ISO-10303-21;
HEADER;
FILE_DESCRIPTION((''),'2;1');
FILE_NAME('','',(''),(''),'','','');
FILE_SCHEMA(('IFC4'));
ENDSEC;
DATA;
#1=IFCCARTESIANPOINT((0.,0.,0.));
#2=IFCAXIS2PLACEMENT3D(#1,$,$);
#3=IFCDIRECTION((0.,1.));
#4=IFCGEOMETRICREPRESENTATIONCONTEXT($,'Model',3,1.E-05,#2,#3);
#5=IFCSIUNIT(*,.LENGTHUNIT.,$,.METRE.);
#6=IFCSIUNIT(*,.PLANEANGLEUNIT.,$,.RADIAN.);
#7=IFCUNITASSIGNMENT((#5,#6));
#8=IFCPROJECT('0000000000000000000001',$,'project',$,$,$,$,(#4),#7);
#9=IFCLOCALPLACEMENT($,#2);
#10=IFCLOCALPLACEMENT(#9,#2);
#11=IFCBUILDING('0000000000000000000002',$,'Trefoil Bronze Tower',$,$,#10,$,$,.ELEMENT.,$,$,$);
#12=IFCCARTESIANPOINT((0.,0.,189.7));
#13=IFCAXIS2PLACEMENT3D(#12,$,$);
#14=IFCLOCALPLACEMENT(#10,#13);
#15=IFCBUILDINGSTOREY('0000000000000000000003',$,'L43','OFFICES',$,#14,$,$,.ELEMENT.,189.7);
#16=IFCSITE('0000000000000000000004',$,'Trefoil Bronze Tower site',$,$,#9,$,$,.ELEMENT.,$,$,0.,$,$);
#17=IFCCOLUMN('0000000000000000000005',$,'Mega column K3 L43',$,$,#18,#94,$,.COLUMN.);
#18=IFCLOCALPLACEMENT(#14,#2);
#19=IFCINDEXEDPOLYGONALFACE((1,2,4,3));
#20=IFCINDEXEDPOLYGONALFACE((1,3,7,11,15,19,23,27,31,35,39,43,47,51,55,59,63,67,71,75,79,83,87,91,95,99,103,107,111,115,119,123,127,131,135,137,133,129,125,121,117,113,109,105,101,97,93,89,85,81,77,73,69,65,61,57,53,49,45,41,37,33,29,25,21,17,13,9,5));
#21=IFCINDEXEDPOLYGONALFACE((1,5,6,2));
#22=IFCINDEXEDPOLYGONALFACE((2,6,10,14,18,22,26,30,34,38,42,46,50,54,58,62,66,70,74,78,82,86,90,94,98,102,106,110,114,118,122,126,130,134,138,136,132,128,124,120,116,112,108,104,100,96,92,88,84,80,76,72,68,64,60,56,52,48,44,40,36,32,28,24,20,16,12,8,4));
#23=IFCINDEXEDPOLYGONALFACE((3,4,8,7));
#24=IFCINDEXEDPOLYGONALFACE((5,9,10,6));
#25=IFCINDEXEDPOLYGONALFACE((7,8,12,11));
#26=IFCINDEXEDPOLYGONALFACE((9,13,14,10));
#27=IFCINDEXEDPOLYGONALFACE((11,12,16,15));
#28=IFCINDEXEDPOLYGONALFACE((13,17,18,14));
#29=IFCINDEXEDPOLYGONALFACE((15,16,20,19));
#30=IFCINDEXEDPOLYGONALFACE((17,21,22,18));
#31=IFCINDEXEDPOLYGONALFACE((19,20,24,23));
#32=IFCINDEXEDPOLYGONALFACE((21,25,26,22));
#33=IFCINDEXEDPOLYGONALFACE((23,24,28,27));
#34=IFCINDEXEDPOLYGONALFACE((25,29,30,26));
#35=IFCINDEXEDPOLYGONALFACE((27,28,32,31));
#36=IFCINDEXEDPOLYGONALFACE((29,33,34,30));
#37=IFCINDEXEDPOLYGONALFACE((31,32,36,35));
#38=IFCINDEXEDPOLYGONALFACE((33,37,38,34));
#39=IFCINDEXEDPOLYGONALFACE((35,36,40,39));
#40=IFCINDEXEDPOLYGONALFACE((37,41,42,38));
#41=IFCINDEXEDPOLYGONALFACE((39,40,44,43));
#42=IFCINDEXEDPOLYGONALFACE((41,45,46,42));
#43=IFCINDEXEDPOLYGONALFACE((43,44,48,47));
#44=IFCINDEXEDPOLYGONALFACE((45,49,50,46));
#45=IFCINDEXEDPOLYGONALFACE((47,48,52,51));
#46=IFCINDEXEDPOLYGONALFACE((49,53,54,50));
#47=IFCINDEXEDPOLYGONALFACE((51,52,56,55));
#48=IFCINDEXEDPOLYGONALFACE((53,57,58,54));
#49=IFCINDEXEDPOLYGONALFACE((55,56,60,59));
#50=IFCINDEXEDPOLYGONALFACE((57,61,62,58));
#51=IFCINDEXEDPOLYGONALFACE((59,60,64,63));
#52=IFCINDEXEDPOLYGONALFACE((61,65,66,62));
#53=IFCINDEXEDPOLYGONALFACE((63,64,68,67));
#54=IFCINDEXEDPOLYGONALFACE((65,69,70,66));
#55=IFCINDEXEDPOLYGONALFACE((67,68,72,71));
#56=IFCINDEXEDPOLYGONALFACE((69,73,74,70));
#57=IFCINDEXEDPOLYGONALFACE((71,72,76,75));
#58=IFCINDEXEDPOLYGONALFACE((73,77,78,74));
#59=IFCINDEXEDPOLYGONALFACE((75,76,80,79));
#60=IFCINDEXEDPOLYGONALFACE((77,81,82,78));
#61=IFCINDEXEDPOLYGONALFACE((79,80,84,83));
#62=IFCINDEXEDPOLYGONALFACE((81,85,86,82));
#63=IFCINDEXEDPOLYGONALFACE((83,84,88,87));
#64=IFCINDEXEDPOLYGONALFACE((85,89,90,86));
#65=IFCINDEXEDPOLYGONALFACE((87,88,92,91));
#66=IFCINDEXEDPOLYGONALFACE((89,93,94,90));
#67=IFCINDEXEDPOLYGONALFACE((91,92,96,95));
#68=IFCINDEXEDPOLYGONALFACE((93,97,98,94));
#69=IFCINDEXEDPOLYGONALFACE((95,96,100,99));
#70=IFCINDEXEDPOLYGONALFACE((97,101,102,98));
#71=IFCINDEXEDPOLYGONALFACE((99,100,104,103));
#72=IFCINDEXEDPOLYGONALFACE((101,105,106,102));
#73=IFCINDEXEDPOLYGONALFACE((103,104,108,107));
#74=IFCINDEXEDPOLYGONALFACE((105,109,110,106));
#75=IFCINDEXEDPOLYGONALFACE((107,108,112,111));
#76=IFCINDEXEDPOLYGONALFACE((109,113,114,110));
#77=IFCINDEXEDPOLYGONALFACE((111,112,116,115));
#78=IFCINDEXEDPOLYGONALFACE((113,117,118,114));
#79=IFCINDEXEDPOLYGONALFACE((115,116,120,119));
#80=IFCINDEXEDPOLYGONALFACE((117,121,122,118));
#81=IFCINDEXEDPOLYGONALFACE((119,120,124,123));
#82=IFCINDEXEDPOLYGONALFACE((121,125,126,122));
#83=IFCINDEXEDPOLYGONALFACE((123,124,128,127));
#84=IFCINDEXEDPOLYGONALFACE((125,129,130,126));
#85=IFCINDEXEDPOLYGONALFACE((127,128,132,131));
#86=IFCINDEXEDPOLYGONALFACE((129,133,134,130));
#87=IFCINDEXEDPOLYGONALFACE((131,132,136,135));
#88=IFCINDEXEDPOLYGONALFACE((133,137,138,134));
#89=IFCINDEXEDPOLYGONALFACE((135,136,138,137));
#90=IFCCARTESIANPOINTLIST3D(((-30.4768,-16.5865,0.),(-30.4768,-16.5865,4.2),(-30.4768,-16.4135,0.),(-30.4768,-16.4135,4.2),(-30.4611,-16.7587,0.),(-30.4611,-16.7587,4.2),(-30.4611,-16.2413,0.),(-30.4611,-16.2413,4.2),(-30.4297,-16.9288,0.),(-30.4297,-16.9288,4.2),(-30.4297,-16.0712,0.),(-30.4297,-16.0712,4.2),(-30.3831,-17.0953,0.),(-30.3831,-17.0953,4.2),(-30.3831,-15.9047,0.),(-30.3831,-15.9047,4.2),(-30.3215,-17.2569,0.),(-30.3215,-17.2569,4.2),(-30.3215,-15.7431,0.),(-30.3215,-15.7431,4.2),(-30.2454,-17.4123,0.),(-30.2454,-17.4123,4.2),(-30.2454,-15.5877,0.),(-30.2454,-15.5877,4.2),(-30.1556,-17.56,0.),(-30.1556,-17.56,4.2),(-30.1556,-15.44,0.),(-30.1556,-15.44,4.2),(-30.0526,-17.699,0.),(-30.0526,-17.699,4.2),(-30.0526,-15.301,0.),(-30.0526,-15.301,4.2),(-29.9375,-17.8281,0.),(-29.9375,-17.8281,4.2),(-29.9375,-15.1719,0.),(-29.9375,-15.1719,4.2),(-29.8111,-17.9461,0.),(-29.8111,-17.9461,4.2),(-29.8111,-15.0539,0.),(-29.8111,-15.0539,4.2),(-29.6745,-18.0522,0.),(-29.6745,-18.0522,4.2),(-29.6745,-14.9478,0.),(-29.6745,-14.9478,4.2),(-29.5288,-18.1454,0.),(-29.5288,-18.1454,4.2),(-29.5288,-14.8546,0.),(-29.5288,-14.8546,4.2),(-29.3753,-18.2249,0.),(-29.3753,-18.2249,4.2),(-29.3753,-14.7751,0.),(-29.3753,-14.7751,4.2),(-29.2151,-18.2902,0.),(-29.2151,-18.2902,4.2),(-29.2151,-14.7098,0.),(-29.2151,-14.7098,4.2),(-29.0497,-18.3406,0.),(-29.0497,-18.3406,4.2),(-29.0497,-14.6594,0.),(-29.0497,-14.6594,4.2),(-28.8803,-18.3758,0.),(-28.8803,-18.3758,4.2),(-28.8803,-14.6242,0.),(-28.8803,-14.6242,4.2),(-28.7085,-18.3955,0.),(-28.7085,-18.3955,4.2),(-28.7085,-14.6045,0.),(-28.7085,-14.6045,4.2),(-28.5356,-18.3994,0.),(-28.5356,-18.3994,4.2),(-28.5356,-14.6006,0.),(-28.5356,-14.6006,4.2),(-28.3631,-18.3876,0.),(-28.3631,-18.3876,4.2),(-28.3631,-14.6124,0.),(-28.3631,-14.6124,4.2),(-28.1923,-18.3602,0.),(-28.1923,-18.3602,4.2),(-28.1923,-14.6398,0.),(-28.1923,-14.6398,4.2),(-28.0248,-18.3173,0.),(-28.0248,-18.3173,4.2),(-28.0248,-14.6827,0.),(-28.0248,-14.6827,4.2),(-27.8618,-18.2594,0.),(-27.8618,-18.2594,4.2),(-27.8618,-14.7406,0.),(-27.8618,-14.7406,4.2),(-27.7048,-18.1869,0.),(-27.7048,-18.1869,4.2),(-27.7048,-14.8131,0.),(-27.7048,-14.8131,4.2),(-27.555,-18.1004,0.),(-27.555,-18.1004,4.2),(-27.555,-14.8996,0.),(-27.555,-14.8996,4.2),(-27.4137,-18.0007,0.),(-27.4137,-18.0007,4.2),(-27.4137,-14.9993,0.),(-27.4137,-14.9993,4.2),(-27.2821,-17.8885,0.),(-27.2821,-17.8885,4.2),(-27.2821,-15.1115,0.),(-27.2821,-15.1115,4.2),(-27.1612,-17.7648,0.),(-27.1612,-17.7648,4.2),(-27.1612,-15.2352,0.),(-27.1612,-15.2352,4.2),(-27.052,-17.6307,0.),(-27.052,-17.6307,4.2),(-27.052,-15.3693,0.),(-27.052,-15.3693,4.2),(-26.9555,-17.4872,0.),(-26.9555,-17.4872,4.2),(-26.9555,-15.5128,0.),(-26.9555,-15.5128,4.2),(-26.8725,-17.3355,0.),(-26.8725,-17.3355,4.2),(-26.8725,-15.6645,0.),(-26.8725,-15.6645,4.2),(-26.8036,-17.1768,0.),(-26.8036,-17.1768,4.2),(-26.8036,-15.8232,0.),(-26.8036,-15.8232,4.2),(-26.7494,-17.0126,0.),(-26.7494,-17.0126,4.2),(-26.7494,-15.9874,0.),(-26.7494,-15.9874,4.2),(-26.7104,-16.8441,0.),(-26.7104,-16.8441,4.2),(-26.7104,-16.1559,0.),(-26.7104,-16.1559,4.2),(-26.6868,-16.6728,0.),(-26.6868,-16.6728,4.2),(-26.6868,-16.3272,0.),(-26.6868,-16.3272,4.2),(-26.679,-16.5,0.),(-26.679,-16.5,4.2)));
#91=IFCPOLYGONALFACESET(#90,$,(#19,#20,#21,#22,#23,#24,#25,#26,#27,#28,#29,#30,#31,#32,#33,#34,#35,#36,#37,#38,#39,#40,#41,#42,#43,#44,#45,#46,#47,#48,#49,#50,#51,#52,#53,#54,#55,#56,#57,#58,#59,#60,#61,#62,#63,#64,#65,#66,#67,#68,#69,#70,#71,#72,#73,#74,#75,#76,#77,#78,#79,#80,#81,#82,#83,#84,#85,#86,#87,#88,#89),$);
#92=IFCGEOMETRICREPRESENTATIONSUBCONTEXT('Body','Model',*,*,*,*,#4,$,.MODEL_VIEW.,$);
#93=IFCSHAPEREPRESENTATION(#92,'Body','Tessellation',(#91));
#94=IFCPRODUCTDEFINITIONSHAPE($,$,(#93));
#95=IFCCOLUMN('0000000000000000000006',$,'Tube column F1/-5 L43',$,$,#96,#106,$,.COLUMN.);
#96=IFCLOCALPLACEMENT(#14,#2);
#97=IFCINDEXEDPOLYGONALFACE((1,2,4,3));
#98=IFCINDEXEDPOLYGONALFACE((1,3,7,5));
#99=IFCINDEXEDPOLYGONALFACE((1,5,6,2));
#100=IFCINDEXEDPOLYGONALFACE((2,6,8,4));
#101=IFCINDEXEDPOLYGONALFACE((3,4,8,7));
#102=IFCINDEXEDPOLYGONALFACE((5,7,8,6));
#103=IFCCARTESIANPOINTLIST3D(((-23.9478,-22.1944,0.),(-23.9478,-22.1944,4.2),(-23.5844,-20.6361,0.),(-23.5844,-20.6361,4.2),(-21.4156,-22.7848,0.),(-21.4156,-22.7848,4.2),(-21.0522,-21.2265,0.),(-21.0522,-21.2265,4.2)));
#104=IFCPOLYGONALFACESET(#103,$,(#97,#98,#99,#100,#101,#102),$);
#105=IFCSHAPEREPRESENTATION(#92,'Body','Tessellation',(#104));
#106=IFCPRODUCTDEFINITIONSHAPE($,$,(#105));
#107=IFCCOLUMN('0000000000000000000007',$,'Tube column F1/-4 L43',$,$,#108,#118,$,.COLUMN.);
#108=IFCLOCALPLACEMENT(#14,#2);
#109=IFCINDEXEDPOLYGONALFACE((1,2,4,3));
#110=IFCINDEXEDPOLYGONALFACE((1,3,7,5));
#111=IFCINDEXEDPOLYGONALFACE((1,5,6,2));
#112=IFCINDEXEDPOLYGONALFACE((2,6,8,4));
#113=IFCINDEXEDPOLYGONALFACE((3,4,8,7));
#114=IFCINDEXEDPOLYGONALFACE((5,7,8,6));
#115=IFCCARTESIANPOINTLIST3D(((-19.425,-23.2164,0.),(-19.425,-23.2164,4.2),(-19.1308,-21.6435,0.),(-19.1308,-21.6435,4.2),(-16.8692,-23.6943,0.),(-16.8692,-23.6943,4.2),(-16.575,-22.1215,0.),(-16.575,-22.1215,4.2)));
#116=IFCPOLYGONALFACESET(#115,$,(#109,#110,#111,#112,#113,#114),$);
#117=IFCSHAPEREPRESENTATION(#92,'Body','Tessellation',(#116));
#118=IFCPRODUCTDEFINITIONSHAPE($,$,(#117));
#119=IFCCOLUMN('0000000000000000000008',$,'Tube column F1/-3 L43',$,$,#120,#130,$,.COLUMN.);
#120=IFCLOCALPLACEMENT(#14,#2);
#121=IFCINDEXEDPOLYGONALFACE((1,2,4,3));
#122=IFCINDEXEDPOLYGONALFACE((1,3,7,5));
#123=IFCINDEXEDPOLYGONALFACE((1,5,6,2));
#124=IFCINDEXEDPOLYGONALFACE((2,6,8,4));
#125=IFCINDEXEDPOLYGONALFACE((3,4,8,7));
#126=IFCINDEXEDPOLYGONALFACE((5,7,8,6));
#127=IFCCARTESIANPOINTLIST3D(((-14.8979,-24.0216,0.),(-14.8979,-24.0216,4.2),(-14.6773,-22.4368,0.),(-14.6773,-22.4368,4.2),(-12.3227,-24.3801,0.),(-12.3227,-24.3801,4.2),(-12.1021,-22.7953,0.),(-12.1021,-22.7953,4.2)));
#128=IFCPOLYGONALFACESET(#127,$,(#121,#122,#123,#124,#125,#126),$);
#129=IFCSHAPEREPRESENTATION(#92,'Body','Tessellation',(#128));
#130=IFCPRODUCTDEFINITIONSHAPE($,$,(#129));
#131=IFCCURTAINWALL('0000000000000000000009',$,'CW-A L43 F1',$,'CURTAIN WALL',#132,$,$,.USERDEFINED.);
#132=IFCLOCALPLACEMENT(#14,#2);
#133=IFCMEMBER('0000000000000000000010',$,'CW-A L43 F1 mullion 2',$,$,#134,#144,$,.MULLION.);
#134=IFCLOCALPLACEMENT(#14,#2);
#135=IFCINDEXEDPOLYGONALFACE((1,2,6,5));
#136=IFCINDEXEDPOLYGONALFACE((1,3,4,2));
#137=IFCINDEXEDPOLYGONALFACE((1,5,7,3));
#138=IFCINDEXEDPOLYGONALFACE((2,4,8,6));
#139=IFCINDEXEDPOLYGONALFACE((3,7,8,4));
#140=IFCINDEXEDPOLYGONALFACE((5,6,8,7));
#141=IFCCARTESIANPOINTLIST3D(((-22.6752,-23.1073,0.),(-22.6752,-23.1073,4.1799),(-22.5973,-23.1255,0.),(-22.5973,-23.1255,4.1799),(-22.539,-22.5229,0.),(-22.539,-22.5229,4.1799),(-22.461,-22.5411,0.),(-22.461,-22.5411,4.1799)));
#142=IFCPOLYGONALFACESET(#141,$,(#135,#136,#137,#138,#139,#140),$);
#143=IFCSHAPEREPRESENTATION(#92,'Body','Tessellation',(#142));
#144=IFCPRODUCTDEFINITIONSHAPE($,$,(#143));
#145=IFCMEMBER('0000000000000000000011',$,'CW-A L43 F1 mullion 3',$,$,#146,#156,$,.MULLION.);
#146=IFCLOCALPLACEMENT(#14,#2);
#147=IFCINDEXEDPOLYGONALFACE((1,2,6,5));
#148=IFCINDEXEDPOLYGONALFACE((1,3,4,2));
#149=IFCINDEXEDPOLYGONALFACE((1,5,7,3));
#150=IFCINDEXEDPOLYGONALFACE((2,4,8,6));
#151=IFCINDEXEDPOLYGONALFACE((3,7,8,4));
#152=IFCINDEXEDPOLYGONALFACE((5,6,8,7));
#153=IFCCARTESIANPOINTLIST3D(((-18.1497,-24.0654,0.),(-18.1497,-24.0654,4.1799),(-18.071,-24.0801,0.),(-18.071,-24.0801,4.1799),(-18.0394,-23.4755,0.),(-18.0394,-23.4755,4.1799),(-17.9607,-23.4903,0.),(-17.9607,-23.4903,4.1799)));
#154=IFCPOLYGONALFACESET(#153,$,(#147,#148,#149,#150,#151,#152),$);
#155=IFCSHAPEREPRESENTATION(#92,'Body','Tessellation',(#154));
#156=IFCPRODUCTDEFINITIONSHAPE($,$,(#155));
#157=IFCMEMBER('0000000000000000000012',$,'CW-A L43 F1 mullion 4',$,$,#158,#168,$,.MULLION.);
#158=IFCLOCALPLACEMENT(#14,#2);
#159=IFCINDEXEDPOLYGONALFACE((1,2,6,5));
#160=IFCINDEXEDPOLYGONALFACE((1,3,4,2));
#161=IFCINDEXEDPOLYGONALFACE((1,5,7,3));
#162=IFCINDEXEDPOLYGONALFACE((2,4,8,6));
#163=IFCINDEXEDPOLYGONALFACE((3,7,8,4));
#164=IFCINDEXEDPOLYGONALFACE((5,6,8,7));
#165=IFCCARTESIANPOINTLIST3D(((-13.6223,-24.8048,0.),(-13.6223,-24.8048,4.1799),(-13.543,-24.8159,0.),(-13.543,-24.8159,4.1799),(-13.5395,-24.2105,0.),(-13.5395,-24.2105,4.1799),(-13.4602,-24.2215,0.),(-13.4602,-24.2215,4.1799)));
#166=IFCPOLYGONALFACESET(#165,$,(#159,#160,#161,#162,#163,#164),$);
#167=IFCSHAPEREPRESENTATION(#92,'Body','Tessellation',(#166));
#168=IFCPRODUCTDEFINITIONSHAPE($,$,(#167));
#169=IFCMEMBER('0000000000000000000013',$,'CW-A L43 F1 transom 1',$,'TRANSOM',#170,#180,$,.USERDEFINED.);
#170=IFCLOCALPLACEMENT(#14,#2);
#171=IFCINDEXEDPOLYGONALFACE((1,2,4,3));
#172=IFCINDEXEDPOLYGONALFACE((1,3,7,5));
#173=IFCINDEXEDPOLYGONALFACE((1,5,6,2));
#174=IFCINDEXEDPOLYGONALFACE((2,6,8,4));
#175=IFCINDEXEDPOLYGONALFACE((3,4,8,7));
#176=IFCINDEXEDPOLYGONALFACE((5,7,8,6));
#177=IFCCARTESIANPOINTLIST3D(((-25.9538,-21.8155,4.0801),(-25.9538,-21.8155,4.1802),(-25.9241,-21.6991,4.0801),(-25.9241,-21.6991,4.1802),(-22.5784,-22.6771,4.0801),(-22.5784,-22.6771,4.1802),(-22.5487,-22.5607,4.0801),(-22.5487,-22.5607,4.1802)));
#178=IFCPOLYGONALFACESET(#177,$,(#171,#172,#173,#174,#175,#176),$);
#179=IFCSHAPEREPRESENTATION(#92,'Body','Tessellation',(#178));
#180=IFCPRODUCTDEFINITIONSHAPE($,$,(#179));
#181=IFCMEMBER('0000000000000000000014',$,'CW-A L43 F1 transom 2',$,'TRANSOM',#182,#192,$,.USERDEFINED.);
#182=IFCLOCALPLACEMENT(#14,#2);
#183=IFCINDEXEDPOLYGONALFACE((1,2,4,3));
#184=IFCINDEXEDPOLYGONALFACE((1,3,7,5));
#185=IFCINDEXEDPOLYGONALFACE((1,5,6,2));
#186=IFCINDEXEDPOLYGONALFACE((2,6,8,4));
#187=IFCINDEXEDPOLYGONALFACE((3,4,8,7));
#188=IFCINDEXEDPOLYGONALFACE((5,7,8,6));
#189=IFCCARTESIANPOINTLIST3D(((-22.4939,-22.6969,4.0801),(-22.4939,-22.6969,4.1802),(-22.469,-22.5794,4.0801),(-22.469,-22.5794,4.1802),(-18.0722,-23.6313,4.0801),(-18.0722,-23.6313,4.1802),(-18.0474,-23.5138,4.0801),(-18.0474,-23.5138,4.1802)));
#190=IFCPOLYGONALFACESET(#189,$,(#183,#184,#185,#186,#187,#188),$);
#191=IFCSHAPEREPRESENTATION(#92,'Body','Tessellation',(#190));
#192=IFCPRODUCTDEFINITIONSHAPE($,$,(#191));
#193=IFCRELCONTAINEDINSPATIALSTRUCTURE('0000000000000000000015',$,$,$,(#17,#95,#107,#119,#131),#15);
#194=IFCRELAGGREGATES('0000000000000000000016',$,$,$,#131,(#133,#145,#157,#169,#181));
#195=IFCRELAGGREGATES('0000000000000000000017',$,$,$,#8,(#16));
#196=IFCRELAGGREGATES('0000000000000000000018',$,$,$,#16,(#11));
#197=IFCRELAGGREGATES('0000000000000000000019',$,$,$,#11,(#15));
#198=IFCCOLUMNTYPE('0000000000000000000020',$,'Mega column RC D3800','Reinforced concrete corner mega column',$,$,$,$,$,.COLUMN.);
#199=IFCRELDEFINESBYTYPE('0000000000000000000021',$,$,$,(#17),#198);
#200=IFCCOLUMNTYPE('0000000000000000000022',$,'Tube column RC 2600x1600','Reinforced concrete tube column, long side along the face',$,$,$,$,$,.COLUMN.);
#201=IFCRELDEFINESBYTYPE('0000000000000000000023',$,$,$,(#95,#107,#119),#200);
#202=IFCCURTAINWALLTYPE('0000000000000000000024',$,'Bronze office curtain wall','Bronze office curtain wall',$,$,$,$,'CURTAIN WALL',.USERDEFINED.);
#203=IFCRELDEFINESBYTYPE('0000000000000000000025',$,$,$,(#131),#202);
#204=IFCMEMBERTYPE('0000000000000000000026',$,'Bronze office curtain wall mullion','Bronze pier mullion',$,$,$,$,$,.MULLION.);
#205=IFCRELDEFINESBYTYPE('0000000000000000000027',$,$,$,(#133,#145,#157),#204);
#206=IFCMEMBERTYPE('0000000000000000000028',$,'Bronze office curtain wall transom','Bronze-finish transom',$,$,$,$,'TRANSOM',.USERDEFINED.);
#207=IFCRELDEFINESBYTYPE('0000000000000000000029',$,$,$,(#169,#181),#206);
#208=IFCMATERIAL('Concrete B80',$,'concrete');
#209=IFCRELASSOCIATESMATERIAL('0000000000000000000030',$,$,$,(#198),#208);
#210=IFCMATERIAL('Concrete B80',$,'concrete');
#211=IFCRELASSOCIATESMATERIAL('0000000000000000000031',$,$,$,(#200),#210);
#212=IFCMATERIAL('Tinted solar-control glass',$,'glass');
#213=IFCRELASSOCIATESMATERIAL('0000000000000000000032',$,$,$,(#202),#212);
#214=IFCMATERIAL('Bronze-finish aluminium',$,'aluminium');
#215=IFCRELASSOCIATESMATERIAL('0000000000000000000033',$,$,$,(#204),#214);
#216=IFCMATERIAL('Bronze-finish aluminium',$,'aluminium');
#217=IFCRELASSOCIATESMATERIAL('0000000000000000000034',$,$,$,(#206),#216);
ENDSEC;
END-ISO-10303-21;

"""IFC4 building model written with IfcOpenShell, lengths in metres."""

from ifc_helpers import new_model, si_unit, direction, frame, origin, origin_2d, place, context, subcontext, project, spatial, rectangle, circle, extrude, material, material_profile, profile_set, type_object, element, aggregate, save


model = new_model("IFC4")

# Units and contexts
model_context = context("Model", 3, precision=1e-05, world=origin(), true_north=direction((0.0, 1.0)))
body_context = subcontext(model_context, "Body", "Model", "MODEL_VIEW")
ifc_project = project(units=[si_unit("LENGTHUNIT", "METRE"), si_unit("PLANEANGLEUNIT", "RADIAN")], contexts=[model_context])

# Site, building, storey
site_placement = place(None, origin())
site = spatial("IfcSite", under=ifc_project, at=site_placement, Name="Trefoil Bronze Tower site", CompositionType="ELEMENT", RefElevation=0.0)
building_placement = place(site_placement, origin())
building = spatial("IfcBuilding", under=site, at=building_placement, Name="Trefoil Bronze Tower", CompositionType="ELEMENT")
storey_placement = place(building_placement, frame((0.0, 0.0, 189.7)))
storey = spatial("IfcBuildingStorey", under=building, at=storey_placement, Name="L43", Description="OFFICES", CompositionType="ELEMENT", Elevation=189.7)

# Columns
ifc_material_1 = material(Name="Concrete B80", Category="concrete")
ifc_material_profile_1 = material_profile(ifc_material_1, circle(Radius=1.8999, at=origin_2d()), Name="RC D3800")
ifc_profile_set_1 = profile_set([ifc_material_profile_1], Name="Concrete B80")
column_type_1 = type_object("IfcColumnType", Name="Mega column RC D3800", Description="Reinforced concrete corner mega column", PredefinedType="COLUMN", material=ifc_profile_set_1)
column_placement = place(storey_placement, frame((-28.5789, -16.5, 0.0), z_axis=(0.0, 0.0, 1.0), x_axis=(1.0, 0.0, 0.0)))
element("IfcColumn", 1, at=column_placement, inside=storey, type_object=column_type_1, Name="Mega column K3 L43", PredefinedType="COLUMN", context=body_context, shape_type="SweptSolid", body=[
    extrude(circle(Radius=1.8999, at=origin_2d()), origin(), (0.0, 0.0, 1.0), 4.2),
])
ifc_material_2 = material(Name="Concrete B80", Category="concrete")
ifc_material_profile_2 = material_profile(ifc_material_2, rectangle(XDim=2.6001, YDim=1.6001, at=origin_2d()), Name="RC 2600x1600")
ifc_profile_set_2 = profile_set([ifc_material_profile_2], Name="Concrete B80")
column_type_2 = type_object("IfcColumnType", Name="Tube column RC 2600x1600", Description="Reinforced concrete tube column, long side along the face", PredefinedType="COLUMN", material=ifc_profile_set_2)
for number, where, z_axis, x_axis, name in (
    (2, (-22.5, -21.7104, 0.0), (0.0, 0.0, 1.0), (0.973875, -0.227083, 0.0), "Tube column F1/-5 L43"),
    (3, (-18.0, -22.6689, 0.0), (0.0, 0.0, 1.0), (0.982959, -0.183825, 0.0), "Tube column F1/-4 L43"),
    (4, (-13.5, -23.4084, 0.0), (0.0, 0.0, 1.0), (0.990451, -0.137868, 0.0), "Tube column F1/-3 L43"),
):
    element("IfcColumn", number, at=place(storey_placement, frame(where, z_axis=z_axis, x_axis=x_axis)), inside=storey, type_object=column_type_2, Name=name, PredefinedType="COLUMN", context=body_context, shape_type="SweptSolid", body=[
        extrude(rectangle(XDim=2.6001, YDim=1.6001, at=origin_2d()), origin(), (0.0, 0.0, 1.0), 4.2),
    ])

# Curtain wall, members
ifc_material_3 = material(Name="Tinted solar-control glass", Category="glass")
curtain_wall_type_1 = type_object("IfcCurtainWallType", Name="Bronze office curtain wall", Description="Bronze office curtain wall", ElementType="CURTAIN WALL", PredefinedType="USERDEFINED", material=ifc_material_3)
curtain_wall_1_placement = place(storey_placement, origin())
curtain_wall_1 = element("IfcCurtainWall", 5, at=curtain_wall_1_placement, inside=storey, type_object=curtain_wall_type_1, Name="CW-A L43 F1", ObjectType="CURTAIN WALL", PredefinedType="USERDEFINED")
ifc_material_4 = material(Name="Bronze-finish aluminium", Category="aluminium")
ifc_material_profile_3 = material_profile(ifc_material_4, rectangle(XDim=0.6001, YDim=0.0801, at=origin_2d()), Name="CW-A mullion")
ifc_profile_set_3 = profile_set([ifc_material_profile_3], Name="Bronze-finish aluminium")
member_type_1 = type_object("IfcMemberType", Name="Bronze office curtain wall mullion", Description="Bronze pier mullion", PredefinedType="MULLION", material=ifc_profile_set_3)
member_1_placement = place(storey_placement, frame((-22.5681, -22.8242, 0.0), z_axis=(0.0, 0.0, 1.0), x_axis=(0.227083, 0.973875, 0.0)))
member_1 = element("IfcMember", 6, at=member_1_placement, type_object=member_type_1, Name="CW-A L43 F1 mullion 2", PredefinedType="MULLION", context=body_context, shape_type="SweptSolid", body=[
    extrude(rectangle(XDim=0.6001, YDim=0.0801, at=origin_2d()), origin(), (0.0, 0.0, 1.0), 4.1799),
])
member_2_placement = place(storey_placement, frame((-18.0552, -23.7778, 0.0), z_axis=(0.0, 0.0, 1.0), x_axis=(0.183825, 0.982959, 0.0)))
member_2 = element("IfcMember", 7, at=member_2_placement, type_object=member_type_1, Name="CW-A L43 F1 mullion 3", PredefinedType="MULLION", context=body_context, shape_type="SweptSolid", body=[
    extrude(rectangle(XDim=0.6001, YDim=0.0801, at=origin_2d()), origin(), (0.0, 0.0, 1.0), 4.1799),
])
member_3_placement = place(storey_placement, frame((-13.5413, -24.5132, 0.0), z_axis=(0.0, 0.0, 1.0), x_axis=(0.137868, 0.990451, 0.0)))
member_3 = element("IfcMember", 8, at=member_3_placement, type_object=member_type_1, Name="CW-A L43 F1 mullion 4", PredefinedType="MULLION", context=body_context, shape_type="SweptSolid", body=[
    extrude(rectangle(XDim=0.6001, YDim=0.0801, at=origin_2d()), origin(), (0.0, 0.0, 1.0), 4.1799),
])
ifc_material_5 = material(Name="Bronze-finish aluminium", Category="aluminium")
ifc_material_profile_4 = material_profile(ifc_material_5, rectangle(XDim=0.1201, YDim=0.1001, at=origin_2d()), Name="CW-A transom")
ifc_profile_set_4 = profile_set([ifc_material_profile_4], Name="Bronze-finish aluminium")
member_type_2 = type_object("IfcMemberType", Name="Bronze office curtain wall transom", Description="Bronze-finish transom", ElementType="TRANSOM", PredefinedType="USERDEFINED", material=ifc_profile_set_4)
member_4_placement = place(storey_placement, frame((-25.939, -21.7573, 4.1301), z_axis=(0.968935, -0.247315, 0.0), x_axis=(0.247315, 0.968935, 0.0)))
member_4 = element("IfcMember", 9, at=member_4_placement, type_object=member_type_2, Name="CW-A L43 F1 transom 1", ObjectType="TRANSOM", PredefinedType="USERDEFINED", context=body_context, shape_type="SweptSolid", body=[
    extrude(rectangle(XDim=0.1201, YDim=0.1001, at=origin_2d()), origin(), (0.0, 0.0, 1.0), 3.4836),
])
member_5_placement = place(storey_placement, frame((-22.4814, -22.6382, 4.1301), z_axis=(0.978395, -0.206743, 0.0), x_axis=(0.206743, 0.978395, 0.0)))
member_5 = element("IfcMember", 10, at=member_5_placement, type_object=member_type_2, Name="CW-A L43 F1 transom 2", ObjectType="TRANSOM", PredefinedType="USERDEFINED", context=body_context, shape_type="SweptSolid", body=[
    extrude(rectangle(XDim=0.1201, YDim=0.1001, at=origin_2d()), origin(), (0.0, 0.0, 1.0), 4.5193),
])

aggregate(curtain_wall_1, [member_1, member_2, member_3, member_4, member_5])

save(model, "model.ifc")
